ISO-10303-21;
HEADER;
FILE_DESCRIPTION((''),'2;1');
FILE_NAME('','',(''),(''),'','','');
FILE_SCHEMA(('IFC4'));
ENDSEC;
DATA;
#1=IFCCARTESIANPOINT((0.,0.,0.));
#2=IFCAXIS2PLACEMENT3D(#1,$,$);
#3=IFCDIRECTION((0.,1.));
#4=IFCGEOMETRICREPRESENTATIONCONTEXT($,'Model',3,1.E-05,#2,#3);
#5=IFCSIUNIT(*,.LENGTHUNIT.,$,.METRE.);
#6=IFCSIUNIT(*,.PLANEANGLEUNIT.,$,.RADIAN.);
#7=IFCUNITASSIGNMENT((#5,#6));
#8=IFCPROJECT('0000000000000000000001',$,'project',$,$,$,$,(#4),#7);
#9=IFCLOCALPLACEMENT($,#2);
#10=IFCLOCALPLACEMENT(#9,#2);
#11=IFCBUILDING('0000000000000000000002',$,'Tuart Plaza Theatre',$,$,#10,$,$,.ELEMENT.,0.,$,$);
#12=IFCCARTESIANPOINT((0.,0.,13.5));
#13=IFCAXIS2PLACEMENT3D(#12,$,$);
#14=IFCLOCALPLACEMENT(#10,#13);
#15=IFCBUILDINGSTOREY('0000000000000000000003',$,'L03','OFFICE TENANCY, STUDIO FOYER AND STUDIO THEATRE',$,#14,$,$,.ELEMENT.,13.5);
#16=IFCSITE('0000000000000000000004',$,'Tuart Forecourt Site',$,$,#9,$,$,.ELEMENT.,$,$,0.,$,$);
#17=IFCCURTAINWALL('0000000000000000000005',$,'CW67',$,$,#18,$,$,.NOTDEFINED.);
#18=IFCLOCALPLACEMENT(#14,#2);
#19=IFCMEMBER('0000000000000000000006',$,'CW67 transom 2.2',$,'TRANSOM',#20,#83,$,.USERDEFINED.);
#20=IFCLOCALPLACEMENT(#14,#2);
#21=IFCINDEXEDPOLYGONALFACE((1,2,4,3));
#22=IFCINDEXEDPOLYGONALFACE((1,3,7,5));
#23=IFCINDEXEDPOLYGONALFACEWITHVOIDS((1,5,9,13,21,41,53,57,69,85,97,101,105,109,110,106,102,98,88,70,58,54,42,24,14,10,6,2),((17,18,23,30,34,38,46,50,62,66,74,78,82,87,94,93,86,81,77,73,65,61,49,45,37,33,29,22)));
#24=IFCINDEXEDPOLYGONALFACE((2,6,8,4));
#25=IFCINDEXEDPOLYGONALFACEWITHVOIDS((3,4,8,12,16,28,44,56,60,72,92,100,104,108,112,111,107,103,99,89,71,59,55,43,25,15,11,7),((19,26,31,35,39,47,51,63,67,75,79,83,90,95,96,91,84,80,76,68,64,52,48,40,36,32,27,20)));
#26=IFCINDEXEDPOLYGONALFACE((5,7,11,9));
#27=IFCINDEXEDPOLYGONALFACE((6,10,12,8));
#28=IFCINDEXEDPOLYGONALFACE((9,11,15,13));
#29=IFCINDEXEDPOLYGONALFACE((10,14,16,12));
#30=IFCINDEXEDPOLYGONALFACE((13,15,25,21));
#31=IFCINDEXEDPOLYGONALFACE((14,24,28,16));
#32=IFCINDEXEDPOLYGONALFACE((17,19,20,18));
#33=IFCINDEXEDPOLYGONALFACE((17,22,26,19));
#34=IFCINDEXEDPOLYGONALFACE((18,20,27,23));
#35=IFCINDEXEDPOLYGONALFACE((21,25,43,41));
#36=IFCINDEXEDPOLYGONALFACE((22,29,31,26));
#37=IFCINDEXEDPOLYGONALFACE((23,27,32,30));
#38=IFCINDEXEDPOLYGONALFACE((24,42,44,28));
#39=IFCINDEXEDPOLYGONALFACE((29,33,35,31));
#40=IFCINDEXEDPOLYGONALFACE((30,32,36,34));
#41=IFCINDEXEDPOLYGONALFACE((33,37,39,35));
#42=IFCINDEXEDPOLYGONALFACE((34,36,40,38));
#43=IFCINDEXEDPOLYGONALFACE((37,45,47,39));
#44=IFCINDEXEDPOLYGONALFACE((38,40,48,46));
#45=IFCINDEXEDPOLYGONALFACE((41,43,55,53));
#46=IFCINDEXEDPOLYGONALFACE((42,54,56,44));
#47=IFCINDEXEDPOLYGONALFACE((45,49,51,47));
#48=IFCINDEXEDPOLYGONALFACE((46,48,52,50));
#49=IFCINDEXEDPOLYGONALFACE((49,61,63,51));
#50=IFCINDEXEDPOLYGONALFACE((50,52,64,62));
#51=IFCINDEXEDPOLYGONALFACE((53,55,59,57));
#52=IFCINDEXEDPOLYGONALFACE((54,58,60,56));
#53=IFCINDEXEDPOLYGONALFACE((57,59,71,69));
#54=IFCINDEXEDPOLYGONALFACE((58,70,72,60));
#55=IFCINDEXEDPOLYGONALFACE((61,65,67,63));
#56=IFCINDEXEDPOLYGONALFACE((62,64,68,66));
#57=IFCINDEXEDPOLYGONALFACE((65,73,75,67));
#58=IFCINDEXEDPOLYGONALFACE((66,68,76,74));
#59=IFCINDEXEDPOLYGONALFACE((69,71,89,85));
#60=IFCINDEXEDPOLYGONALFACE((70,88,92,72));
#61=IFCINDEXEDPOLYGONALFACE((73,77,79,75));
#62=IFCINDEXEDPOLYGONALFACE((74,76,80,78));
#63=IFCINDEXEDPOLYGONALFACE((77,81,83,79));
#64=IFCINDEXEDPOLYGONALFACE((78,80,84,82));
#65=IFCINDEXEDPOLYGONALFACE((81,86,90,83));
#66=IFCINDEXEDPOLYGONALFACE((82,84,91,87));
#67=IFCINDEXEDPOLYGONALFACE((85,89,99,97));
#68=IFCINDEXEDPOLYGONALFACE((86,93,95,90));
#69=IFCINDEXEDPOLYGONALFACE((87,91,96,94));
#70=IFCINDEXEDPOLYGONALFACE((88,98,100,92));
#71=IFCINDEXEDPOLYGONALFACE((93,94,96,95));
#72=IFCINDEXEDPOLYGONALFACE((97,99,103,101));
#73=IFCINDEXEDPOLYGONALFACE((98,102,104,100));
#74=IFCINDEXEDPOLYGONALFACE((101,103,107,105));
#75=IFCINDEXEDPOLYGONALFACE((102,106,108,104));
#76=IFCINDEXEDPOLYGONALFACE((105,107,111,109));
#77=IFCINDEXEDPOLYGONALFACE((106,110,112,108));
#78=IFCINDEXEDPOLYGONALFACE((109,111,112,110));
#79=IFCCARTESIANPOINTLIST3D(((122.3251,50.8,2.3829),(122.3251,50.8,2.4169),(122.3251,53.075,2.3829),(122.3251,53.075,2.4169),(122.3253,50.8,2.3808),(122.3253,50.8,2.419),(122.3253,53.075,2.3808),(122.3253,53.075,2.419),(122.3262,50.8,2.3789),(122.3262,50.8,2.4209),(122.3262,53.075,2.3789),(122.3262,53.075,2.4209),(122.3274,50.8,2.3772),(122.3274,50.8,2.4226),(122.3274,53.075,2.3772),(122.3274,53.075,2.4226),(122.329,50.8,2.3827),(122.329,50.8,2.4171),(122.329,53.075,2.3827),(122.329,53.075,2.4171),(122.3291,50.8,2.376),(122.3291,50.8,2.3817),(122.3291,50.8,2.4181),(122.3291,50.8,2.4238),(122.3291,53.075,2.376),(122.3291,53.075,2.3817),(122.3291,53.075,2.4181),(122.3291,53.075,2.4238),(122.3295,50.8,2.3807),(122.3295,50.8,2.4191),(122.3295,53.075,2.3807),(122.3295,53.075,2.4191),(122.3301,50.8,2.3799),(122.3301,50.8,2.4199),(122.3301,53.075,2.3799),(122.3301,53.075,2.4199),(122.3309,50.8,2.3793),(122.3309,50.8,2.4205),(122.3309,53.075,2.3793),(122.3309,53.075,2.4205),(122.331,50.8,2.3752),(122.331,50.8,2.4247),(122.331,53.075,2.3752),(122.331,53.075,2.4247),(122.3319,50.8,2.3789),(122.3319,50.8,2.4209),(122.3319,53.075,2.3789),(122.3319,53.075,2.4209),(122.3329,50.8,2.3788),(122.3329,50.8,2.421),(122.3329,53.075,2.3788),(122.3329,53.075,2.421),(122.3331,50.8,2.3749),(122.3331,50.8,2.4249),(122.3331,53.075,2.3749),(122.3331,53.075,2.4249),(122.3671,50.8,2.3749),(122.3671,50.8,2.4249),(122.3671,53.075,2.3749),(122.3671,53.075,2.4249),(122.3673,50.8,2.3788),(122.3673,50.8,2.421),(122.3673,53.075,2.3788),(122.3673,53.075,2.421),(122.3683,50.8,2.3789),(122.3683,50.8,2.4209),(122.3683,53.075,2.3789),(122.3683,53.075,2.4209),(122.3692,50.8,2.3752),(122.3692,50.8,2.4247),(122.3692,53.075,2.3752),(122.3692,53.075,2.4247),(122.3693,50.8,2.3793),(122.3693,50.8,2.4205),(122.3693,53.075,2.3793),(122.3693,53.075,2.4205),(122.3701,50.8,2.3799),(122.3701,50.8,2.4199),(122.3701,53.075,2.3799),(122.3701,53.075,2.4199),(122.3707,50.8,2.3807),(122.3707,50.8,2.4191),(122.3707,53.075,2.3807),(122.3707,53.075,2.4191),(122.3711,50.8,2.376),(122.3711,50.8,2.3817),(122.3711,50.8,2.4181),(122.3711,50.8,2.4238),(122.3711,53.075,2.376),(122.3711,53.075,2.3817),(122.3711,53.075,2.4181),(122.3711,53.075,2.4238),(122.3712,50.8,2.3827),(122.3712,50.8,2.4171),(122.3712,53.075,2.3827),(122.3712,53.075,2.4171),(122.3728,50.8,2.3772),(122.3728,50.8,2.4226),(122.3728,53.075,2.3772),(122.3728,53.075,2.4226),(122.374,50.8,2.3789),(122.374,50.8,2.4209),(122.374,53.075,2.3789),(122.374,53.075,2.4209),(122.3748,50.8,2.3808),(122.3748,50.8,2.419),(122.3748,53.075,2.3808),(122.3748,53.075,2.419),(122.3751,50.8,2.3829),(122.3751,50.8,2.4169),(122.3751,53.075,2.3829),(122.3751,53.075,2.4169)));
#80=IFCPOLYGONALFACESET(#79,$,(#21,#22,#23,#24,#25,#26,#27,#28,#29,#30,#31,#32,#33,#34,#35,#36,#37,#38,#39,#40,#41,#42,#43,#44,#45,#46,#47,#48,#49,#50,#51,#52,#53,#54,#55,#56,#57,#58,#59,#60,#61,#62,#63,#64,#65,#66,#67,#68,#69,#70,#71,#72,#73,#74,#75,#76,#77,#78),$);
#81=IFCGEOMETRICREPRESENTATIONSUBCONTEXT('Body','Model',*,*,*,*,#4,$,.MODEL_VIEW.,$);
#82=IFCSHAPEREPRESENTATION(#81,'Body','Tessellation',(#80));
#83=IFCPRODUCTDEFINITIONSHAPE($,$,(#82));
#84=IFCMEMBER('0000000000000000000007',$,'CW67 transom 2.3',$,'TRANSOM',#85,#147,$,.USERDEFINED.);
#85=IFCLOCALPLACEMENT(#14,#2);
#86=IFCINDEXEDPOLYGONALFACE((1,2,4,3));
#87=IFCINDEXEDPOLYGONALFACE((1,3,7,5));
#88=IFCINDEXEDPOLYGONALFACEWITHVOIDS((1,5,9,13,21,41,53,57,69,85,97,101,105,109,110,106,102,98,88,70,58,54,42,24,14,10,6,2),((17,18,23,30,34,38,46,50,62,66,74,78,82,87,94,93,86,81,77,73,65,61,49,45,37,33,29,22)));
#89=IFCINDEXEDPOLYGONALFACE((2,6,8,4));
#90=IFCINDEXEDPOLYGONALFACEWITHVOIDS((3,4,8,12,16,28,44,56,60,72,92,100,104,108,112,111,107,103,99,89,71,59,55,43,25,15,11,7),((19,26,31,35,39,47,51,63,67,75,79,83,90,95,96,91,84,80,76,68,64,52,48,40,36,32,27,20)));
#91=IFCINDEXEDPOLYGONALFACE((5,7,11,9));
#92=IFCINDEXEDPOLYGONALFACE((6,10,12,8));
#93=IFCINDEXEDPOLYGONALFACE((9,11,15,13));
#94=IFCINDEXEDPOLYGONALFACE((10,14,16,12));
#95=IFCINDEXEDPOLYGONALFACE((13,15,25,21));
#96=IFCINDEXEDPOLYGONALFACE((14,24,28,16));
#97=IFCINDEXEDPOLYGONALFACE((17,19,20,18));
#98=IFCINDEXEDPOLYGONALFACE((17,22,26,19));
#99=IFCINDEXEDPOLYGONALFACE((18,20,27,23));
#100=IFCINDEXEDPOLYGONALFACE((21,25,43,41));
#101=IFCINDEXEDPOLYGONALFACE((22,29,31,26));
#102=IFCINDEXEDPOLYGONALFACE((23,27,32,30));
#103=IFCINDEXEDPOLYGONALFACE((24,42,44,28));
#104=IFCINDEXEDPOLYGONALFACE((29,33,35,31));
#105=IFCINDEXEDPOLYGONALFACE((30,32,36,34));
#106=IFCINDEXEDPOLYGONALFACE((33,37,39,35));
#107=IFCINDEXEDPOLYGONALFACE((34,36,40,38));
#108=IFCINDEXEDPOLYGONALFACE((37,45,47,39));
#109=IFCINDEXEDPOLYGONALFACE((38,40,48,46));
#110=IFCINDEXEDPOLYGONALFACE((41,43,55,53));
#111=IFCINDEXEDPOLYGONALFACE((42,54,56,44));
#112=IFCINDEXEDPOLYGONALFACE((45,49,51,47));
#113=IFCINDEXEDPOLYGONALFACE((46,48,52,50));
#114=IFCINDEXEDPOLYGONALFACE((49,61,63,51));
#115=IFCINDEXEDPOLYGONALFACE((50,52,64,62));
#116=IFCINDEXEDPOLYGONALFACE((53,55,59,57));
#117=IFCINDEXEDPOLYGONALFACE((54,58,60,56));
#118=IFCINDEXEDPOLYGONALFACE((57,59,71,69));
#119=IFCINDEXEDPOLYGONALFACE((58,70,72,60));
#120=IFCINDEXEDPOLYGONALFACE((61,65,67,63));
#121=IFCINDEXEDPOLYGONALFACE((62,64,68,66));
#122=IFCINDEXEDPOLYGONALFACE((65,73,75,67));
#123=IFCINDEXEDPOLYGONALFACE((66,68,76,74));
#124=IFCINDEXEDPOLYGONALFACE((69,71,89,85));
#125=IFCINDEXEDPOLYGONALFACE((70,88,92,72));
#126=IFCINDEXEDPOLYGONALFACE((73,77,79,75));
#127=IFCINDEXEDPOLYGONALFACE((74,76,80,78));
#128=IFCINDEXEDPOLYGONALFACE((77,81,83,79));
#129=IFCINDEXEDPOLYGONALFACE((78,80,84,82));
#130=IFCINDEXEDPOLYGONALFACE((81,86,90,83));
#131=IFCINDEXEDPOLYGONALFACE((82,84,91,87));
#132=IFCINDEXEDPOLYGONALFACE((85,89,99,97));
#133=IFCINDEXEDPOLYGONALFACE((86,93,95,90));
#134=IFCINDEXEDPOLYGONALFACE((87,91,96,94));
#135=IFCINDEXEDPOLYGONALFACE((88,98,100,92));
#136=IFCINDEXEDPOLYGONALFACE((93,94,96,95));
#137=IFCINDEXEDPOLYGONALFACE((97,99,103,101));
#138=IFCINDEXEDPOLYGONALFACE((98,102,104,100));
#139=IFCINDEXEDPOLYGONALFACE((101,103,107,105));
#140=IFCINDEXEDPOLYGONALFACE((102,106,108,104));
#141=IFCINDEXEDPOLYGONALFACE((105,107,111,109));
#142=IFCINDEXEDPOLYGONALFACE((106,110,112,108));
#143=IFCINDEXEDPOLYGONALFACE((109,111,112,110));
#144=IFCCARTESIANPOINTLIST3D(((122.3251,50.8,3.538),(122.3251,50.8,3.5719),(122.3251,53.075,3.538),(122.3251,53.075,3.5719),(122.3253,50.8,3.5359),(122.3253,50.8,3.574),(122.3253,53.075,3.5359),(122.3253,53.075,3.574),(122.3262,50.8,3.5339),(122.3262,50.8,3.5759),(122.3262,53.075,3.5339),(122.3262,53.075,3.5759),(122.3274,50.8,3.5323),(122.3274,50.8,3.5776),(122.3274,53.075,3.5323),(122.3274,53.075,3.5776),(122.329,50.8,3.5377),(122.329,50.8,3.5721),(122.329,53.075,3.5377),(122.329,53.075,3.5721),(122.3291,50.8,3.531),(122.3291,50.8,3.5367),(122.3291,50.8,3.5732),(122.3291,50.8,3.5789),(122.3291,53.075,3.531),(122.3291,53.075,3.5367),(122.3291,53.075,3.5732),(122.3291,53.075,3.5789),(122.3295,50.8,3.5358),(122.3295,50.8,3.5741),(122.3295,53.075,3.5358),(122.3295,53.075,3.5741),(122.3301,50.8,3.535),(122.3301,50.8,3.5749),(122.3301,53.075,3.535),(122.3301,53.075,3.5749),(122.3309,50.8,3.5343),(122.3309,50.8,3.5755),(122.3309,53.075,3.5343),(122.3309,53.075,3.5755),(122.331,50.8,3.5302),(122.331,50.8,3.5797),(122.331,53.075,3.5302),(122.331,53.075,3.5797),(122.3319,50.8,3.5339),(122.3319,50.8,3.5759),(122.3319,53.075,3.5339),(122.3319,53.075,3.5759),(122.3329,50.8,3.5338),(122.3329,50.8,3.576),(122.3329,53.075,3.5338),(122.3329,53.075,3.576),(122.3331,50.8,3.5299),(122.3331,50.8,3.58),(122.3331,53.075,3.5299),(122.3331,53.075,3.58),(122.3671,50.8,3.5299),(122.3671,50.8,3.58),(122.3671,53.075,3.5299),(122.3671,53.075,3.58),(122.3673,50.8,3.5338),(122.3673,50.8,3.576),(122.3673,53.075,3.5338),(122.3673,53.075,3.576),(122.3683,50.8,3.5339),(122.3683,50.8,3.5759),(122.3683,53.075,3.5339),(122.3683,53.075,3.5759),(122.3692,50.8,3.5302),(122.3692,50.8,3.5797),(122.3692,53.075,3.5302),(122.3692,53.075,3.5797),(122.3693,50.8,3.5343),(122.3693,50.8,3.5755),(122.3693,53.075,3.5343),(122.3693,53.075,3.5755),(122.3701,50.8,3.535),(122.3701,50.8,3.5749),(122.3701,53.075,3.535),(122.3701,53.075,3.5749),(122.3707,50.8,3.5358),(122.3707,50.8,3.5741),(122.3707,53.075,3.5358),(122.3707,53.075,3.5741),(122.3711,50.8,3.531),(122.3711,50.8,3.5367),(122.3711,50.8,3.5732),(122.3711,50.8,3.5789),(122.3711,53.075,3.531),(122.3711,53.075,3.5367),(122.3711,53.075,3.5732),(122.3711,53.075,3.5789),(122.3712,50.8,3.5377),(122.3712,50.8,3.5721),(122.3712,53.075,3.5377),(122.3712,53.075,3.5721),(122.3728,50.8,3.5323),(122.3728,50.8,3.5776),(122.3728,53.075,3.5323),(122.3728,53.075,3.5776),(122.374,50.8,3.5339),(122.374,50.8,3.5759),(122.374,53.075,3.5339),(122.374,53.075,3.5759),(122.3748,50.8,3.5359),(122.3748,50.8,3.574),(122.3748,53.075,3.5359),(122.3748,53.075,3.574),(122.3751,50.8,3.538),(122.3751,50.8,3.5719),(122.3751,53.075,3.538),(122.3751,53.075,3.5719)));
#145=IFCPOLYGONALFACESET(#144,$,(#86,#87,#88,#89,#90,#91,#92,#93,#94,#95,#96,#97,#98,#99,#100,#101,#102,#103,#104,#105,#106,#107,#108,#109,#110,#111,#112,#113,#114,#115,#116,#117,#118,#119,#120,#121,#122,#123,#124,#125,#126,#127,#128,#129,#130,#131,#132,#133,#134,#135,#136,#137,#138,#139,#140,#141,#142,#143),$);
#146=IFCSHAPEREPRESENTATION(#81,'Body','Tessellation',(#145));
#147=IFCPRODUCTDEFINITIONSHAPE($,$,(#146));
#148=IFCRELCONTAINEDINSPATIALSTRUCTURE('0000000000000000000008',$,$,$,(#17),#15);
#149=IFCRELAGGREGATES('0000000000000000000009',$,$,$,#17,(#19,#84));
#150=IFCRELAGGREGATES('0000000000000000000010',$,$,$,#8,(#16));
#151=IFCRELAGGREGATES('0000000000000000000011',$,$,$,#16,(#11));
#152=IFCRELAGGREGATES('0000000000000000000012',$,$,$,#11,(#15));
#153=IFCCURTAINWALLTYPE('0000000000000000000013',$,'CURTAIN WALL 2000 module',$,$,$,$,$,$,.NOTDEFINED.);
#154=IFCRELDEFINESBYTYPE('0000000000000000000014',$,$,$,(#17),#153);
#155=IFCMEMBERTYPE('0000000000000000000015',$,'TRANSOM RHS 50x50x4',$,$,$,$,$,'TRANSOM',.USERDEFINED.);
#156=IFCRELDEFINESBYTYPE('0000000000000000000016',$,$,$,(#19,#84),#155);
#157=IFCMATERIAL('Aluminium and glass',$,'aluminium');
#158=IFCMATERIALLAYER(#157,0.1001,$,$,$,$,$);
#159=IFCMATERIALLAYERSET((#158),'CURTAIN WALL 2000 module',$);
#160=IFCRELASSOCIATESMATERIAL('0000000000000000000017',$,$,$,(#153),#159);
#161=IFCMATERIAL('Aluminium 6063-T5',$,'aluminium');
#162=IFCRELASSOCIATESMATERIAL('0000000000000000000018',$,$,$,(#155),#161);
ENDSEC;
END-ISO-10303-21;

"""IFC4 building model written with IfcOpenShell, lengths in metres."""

from ifc_helpers import new_model, si_unit, direction, frame, origin, origin_2d, place, context, subcontext, project, spatial, hollow_rectangle, extrude, material, layer, layer_set, material_profile, profile_set, type_object, element, aggregate, save


model = new_model("IFC4")

# Units and contexts
model_context = context("Model", 3, precision=1e-05, world=origin(), true_north=direction((0.0, 1.0)))
body_context = subcontext(model_context, "Body", "Model", "MODEL_VIEW")
ifc_project = project(units=[si_unit("LENGTHUNIT", "METRE"), si_unit("PLANEANGLEUNIT", "RADIAN")], contexts=[model_context])

# Site, building, storey
site_placement = place(None, origin())
site = spatial("IfcSite", under=ifc_project, at=site_placement, Name="Tuart Forecourt Site", CompositionType="ELEMENT", RefElevation=0.0)
building_placement = place(site_placement, origin())
building = spatial("IfcBuilding", under=site, at=building_placement, Name="Tuart Plaza Theatre", CompositionType="ELEMENT", ElevationOfRefHeight=0.0)
storey_placement = place(building_placement, frame((0.0, 0.0, 13.5)))
storey = spatial("IfcBuildingStorey", under=building, at=storey_placement, Name="L03", Description="OFFICE TENANCY, STUDIO FOYER AND STUDIO THEATRE", CompositionType="ELEMENT", Elevation=13.5)

# Curtain wall
ifc_material_1 = material(Name="Aluminium and glass", Category="aluminium")
ifc_layer_1 = layer(ifc_material_1, 0.1001)
ifc_layer_set_1 = layer_set([ifc_layer_1], Name="CURTAIN WALL 2000 module")
curtain_wall_type = type_object("IfcCurtainWallType", Name="CURTAIN WALL 2000 module", PredefinedType="NOTDEFINED", material=ifc_layer_set_1)
curtain_wall_1_placement = place(storey_placement, origin())
curtain_wall_1 = element("IfcCurtainWall", 1, at=curtain_wall_1_placement, inside=storey, type_object=curtain_wall_type, Name="CW67", PredefinedType="NOTDEFINED")

# Members
ifc_material_2 = material(Name="Aluminium 6063-T5", Category="aluminium")
ifc_material_profile_1 = material_profile(ifc_material_2, hollow_rectangle(XDim=0.05, YDim=0.05, WallThickness=0.0039, InnerFilletRadius=0.0039, OuterFilletRadius=0.0081, at=origin_2d()), Name="RHS 50x50x4")
ifc_profile_set_1 = profile_set([ifc_material_profile_1], Name="Aluminium 6063-T5")
member_type_1 = type_object("IfcMemberType", Name="TRANSOM RHS 50x50x4", ElementType="TRANSOM", PredefinedType="USERDEFINED", material=ifc_profile_set_1)
member_1_placement = place(storey_placement, frame((122.3501, 53.075, 2.3999), z_axis=(0.0, -1.0, 0.0), x_axis=(1.0, 0.0, 0.0)))
member_1 = element("IfcMember", 2, at=member_1_placement, type_object=member_type_1, Name="CW67 transom 2.2", ObjectType="TRANSOM", PredefinedType="USERDEFINED", context=body_context, shape_type="SweptSolid", body=[
    extrude(hollow_rectangle(XDim=0.05, YDim=0.05, WallThickness=0.0039, InnerFilletRadius=0.0039, OuterFilletRadius=0.0081, at=origin_2d()), origin(), (0.0, 0.0, 1.0), 2.2749),
])
member_2_placement = place(storey_placement, frame((122.3501, 53.075, 3.5549), z_axis=(0.0, -1.0, 0.0), x_axis=(1.0, 0.0, 0.0)))
member_2 = element("IfcMember", 3, at=member_2_placement, type_object=member_type_1, Name="CW67 transom 2.3", ObjectType="TRANSOM", PredefinedType="USERDEFINED", context=body_context, shape_type="SweptSolid", body=[
    extrude(hollow_rectangle(XDim=0.05, YDim=0.05, WallThickness=0.0039, InnerFilletRadius=0.0039, OuterFilletRadius=0.0081, at=origin_2d()), origin(), (0.0, 0.0, 1.0), 2.2749),
])

aggregate(curtain_wall_1, [member_1, member_2])

save(model, "model.ifc")
